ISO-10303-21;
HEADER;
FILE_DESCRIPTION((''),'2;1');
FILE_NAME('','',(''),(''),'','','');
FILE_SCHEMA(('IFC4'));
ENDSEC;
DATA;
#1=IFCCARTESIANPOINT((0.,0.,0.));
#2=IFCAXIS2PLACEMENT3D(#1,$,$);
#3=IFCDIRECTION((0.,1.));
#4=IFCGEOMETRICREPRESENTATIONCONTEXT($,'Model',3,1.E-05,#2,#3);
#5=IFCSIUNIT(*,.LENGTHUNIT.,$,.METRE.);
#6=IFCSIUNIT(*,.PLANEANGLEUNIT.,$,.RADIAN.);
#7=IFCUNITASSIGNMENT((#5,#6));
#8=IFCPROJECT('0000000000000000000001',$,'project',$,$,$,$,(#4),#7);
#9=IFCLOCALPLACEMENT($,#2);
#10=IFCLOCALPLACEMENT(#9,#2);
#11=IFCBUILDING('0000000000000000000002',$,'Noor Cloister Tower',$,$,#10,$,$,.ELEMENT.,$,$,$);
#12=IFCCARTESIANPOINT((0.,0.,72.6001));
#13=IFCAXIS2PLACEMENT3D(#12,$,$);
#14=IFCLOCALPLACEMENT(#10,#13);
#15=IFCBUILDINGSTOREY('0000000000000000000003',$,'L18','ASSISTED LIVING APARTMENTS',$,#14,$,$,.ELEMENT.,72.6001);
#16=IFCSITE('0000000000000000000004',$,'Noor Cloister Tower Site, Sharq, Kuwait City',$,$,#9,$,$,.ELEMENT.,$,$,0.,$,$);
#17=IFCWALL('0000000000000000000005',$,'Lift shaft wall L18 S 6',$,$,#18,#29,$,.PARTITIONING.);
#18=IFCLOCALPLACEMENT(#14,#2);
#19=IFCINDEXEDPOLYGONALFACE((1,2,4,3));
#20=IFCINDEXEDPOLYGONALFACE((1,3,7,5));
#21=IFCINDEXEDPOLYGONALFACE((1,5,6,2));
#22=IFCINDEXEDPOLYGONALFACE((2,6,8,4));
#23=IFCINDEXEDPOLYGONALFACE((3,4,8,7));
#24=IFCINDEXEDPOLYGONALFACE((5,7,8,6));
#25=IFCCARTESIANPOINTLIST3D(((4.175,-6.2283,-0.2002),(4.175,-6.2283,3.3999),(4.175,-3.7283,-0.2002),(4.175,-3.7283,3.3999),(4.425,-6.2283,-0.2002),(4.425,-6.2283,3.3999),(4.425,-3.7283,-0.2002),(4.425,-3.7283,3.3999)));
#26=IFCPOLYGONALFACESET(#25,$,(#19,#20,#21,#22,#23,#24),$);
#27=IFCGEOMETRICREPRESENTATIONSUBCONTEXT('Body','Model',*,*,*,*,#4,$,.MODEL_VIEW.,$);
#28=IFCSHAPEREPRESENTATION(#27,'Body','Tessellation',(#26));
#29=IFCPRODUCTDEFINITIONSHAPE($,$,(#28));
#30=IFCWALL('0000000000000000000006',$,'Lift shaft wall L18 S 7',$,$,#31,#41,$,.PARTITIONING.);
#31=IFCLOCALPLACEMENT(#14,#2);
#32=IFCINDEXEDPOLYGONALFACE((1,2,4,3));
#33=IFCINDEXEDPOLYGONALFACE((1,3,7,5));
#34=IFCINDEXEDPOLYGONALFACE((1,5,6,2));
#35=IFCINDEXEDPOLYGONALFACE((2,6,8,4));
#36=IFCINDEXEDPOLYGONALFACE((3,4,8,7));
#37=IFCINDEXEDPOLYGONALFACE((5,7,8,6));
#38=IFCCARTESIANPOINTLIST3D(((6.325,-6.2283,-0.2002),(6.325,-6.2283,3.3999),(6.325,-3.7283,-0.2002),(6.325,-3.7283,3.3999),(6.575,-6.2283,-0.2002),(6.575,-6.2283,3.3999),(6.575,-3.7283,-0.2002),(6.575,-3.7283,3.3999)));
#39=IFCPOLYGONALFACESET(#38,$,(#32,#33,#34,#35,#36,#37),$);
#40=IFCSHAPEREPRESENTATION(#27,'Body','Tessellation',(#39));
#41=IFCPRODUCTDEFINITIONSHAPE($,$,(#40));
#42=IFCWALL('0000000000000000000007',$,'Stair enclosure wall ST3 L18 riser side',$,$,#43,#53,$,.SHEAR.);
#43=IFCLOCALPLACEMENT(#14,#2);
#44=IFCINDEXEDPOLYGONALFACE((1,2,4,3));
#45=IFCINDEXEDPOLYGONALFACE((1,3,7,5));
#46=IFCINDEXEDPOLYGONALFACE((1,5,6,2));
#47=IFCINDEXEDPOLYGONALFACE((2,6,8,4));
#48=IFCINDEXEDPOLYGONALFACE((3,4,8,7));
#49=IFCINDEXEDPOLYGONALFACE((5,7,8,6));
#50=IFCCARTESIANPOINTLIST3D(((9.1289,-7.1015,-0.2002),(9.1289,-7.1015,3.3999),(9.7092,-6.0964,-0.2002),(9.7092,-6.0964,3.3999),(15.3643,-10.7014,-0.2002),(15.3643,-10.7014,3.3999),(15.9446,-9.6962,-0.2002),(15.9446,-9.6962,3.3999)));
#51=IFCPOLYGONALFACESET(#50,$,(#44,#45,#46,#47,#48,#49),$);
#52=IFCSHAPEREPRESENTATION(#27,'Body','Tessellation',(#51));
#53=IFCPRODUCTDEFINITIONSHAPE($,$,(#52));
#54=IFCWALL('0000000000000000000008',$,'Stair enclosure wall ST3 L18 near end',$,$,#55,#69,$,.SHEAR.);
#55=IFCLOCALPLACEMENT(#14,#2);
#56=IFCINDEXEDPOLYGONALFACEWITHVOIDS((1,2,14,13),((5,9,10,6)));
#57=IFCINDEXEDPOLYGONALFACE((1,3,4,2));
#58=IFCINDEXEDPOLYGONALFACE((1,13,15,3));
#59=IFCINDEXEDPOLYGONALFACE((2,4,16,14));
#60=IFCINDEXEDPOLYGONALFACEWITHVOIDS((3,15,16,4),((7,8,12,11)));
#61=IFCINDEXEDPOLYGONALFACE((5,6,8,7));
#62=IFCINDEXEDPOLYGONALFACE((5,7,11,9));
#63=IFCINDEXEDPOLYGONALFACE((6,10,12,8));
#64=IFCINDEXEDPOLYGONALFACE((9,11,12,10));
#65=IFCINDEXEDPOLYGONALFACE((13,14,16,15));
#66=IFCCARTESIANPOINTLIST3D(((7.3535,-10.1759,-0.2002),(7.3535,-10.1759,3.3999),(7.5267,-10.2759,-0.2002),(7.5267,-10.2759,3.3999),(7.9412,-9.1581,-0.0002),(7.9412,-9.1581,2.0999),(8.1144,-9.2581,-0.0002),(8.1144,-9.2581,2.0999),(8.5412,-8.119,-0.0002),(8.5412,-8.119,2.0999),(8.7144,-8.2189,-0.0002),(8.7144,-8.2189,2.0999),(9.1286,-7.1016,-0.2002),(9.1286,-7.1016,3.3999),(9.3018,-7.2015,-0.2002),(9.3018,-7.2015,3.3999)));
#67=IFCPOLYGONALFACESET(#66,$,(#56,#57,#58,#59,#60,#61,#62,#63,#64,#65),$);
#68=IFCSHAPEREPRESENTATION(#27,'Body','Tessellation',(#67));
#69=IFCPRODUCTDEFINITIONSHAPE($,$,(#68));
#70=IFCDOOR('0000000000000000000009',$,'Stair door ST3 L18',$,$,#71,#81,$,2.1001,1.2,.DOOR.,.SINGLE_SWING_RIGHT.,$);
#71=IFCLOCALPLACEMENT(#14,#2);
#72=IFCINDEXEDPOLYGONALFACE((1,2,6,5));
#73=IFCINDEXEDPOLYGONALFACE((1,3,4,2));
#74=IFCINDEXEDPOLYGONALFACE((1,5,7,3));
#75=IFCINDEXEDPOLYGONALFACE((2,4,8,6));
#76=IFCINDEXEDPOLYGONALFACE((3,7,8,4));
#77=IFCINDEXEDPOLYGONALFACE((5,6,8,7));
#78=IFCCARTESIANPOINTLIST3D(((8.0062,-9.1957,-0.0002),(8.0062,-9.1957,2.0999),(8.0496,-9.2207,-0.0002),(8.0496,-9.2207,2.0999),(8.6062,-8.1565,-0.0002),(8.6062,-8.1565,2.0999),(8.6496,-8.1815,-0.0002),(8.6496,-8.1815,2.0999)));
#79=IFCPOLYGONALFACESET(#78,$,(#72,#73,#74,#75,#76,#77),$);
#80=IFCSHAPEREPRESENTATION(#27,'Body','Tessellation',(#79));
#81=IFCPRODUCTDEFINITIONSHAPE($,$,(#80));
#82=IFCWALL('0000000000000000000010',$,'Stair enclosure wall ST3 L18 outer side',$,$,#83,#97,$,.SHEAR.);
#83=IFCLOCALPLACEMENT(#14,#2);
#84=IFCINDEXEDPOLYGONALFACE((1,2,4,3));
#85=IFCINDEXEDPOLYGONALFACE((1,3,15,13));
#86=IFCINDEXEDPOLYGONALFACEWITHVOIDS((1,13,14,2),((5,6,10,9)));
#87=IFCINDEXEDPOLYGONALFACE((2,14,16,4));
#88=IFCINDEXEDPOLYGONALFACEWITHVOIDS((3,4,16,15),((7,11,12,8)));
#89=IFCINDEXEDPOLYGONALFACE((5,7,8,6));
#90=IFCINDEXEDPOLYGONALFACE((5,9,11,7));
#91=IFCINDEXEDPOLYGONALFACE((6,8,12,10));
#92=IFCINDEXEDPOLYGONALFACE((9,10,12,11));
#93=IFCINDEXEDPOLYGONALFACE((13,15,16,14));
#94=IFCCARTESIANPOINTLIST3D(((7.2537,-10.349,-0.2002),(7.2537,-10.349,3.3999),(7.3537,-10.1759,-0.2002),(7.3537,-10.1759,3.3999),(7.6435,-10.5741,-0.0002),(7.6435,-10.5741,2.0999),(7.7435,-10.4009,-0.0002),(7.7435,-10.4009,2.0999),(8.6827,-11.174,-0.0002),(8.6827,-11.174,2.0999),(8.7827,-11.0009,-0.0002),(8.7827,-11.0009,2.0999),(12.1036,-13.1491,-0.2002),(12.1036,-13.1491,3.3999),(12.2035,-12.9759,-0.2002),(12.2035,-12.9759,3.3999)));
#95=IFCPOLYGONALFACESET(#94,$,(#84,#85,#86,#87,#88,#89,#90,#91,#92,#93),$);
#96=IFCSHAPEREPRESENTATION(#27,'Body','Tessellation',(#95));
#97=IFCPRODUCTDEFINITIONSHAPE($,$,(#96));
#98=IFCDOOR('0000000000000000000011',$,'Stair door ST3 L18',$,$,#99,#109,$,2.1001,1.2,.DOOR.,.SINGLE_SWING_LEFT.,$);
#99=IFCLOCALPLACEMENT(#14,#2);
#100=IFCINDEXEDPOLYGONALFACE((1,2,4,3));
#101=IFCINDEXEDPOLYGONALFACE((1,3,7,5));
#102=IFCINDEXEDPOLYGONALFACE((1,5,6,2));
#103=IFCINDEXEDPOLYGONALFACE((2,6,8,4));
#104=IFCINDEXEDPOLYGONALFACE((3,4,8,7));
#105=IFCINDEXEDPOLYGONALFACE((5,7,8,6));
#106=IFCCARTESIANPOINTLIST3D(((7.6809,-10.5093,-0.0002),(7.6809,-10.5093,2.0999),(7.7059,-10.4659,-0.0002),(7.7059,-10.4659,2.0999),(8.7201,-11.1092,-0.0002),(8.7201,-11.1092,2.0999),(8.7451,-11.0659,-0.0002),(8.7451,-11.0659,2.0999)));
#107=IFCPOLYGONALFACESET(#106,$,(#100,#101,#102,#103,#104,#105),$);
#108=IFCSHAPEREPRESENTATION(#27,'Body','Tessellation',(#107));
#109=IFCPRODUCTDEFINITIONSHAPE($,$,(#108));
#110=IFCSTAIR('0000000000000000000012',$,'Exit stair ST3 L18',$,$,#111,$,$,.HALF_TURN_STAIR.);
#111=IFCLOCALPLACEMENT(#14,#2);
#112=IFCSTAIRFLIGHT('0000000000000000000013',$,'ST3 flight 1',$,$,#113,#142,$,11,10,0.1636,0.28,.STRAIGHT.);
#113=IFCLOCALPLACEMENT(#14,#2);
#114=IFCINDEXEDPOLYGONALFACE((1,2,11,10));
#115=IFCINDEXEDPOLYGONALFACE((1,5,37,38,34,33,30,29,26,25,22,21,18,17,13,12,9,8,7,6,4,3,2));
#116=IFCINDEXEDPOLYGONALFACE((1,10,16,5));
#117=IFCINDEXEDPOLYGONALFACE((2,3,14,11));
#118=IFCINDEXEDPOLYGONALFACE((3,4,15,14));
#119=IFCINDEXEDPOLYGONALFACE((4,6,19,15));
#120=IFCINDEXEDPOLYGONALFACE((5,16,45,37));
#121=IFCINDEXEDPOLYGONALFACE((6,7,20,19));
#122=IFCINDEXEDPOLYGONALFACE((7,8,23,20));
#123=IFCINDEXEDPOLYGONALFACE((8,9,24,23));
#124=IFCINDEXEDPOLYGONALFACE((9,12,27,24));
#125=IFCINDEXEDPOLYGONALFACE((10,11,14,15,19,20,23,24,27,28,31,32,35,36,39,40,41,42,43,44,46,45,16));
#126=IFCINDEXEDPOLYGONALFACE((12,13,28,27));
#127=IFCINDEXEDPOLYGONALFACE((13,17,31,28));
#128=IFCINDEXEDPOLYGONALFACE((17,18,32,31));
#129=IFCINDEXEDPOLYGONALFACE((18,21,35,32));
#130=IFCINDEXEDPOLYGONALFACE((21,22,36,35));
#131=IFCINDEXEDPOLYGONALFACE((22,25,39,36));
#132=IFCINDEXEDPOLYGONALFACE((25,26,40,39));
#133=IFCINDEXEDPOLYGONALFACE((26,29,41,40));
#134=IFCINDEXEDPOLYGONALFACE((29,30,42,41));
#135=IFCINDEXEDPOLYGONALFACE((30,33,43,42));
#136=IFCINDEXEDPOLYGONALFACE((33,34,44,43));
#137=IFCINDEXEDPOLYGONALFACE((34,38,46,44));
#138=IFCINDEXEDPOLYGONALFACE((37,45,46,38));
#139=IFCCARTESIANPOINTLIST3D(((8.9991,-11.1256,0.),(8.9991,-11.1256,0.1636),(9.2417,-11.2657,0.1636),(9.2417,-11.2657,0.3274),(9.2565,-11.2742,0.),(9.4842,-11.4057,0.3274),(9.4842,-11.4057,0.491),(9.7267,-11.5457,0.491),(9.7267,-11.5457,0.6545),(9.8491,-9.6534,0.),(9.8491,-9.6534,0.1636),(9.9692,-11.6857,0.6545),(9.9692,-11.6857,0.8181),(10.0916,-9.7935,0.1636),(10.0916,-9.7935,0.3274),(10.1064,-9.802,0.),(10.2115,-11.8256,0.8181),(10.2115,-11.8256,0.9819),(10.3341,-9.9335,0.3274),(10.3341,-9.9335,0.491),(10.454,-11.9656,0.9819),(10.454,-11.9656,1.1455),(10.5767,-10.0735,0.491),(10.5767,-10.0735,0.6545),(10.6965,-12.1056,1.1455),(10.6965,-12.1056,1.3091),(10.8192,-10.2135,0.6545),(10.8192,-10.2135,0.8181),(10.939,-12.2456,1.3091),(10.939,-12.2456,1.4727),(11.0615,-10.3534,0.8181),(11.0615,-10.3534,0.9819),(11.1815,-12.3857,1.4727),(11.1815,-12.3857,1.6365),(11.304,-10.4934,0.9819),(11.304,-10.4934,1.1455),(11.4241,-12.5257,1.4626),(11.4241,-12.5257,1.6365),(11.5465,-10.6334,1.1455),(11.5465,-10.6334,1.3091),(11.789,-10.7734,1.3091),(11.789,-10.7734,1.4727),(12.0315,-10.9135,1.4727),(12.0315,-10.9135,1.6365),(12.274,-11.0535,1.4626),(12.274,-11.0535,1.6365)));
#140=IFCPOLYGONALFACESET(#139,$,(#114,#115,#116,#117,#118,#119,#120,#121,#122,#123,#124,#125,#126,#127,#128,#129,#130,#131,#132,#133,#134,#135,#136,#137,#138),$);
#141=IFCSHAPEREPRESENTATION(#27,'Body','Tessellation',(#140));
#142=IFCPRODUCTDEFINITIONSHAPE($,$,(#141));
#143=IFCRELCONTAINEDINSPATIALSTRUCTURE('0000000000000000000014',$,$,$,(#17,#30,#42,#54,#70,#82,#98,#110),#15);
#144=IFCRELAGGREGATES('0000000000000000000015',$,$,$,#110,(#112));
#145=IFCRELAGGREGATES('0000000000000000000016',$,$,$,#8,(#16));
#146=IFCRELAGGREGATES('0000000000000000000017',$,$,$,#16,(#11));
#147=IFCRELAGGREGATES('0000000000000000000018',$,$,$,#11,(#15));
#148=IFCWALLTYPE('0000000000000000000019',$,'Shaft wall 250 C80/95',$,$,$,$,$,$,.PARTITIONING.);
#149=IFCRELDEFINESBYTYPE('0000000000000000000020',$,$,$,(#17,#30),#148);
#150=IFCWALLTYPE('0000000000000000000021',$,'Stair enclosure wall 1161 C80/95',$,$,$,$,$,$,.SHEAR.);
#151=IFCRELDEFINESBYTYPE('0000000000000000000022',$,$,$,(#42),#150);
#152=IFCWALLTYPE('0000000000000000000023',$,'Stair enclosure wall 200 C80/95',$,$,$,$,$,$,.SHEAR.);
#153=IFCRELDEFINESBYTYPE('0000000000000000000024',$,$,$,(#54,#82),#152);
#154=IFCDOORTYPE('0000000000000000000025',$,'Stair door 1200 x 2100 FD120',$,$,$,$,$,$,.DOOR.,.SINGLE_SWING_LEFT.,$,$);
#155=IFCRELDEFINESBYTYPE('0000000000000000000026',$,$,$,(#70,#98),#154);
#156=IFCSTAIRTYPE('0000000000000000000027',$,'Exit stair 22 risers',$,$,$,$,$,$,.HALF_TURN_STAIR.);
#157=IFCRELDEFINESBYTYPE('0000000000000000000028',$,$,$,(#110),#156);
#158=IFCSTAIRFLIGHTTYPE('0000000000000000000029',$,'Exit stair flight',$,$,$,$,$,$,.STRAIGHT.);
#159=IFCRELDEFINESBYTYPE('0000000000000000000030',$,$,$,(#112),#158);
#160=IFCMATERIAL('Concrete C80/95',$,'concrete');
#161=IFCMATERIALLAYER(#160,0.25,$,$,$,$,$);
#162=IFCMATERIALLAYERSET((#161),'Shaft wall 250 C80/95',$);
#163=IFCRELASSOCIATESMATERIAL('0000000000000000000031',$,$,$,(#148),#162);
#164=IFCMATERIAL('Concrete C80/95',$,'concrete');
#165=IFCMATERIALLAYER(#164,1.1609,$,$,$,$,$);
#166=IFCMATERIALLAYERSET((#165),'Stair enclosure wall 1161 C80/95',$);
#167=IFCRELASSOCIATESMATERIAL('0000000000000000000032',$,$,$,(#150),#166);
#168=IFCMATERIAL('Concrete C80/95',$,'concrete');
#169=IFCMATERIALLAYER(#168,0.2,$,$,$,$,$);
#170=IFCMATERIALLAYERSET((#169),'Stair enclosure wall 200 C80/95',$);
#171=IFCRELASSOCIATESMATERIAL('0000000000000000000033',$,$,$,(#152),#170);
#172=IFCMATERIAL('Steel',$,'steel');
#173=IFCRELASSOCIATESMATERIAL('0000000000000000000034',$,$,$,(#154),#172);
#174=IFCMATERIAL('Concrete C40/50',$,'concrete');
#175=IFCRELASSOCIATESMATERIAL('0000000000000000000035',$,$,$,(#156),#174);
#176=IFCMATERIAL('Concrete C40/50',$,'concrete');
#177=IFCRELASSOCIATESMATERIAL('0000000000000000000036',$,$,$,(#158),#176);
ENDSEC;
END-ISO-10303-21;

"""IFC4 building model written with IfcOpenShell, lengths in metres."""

from ifc_helpers import new_model, si_unit, direction, frame, frame_2d, origin, place, context, subcontext, project, spatial, polyline, rectangle, outline, extrude, material, layer, layer_set, type_object, element, fill, aggregate, save


model = new_model("IFC4")

# Units and contexts
model_context = context("Model", 3, precision=1e-05, world=origin(), true_north=direction((0.0, 1.0)))
body_context = subcontext(model_context, "Body", "Model", "MODEL_VIEW")
ifc_project = project(units=[si_unit("LENGTHUNIT", "METRE"), si_unit("PLANEANGLEUNIT", "RADIAN")], contexts=[model_context])

# Site, building, storey
site_placement = place(None, origin())
site = spatial("IfcSite", under=ifc_project, at=site_placement, Name="Noor Cloister Tower Site, Sharq, Kuwait City", CompositionType="ELEMENT", RefElevation=0.0)
building_placement = place(site_placement, origin())
building = spatial("IfcBuilding", under=site, at=building_placement, Name="Noor Cloister Tower", CompositionType="ELEMENT")
storey_placement = place(building_placement, frame((0.0, 0.0, 72.6001)))
storey = spatial("IfcBuildingStorey", under=building, at=storey_placement, Name="L18", Description="ASSISTED LIVING APARTMENTS", CompositionType="ELEMENT", Elevation=72.6001)

# Walls
ifc_material_1 = material(Name="Concrete C80/95", Category="concrete")
ifc_layer_1 = layer(ifc_material_1, 0.25)
ifc_layer_set_1 = layer_set([ifc_layer_1], Name="Shaft wall 250 C80/95")
wall_type_1 = type_object("IfcWallType", Name="Shaft wall 250 C80/95", PredefinedType="PARTITIONING", material=ifc_layer_set_1)
for number, where, z_axis, x_axis, name in (
    (1, (4.3, -6.2283, -0.2002), (0.0, 0.0, 1.0), (0.0, 1.0, 0.0), "Lift shaft wall L18 S 6"),
    (2, (6.45, -6.2283, -0.2002), (0.0, 0.0, 1.0), (0.0, 1.0, 0.0), "Lift shaft wall L18 S 7"),
):
    element("IfcWall", number, at=place(storey_placement, frame(where, z_axis=z_axis, x_axis=x_axis)), inside=storey, type_object=wall_type_1, Name=name, PredefinedType="PARTITIONING", context=body_context, shape_type="SweptSolid", body=[
        extrude(rectangle(XDim=2.5, YDim=0.25, at=frame_2d((1.25, 0.0))), origin(), (0.0, 0.0, 1.0), 3.6001),
    ])
ifc_material_2 = material(Name="Concrete C80/95", Category="concrete")
ifc_layer_2 = layer(ifc_material_2, 1.1609)
ifc_layer_set_2 = layer_set([ifc_layer_2], Name="Stair enclosure wall 1161 C80/95")
wall_type_2 = type_object("IfcWallType", Name="Stair enclosure wall 1161 C80/95", PredefinedType="SHEAR", material=ifc_layer_set_2)
wall_1_placement = place(storey_placement, frame((9.4189, -6.5989, -0.2002), z_axis=(0.0, 0.0, 1.0), x_axis=(0.866033, -0.499987, 0.0)))
element("IfcWall", 3, at=wall_1_placement, inside=storey, type_object=wall_type_2, Name="Stair enclosure wall ST3 L18 riser side", PredefinedType="SHEAR", context=body_context, shape_type="SweptSolid", body=[
    extrude(rectangle(XDim=7.2, YDim=1.1606, at=frame_2d((3.6001, 0.0))), origin(), (0.0, 0.0, 1.0), 3.6001),
])

# Walls, openings, doors
ifc_material_3 = material(Name="Concrete C80/95", Category="concrete")
ifc_layer_3 = layer(ifc_material_3, 0.2)
ifc_layer_set_3 = layer_set([ifc_layer_3], Name="Stair enclosure wall 200 C80/95")
wall_type_3 = type_object("IfcWallType", Name="Stair enclosure wall 200 C80/95", PredefinedType="SHEAR", material=ifc_layer_set_3)
wall_2_placement = place(storey_placement, frame((7.4402, -10.2258, -0.2002), z_axis=(0.0, 0.0, 1.0), x_axis=(0.500022, 0.866013, 0.0)))
wall_2 = element("IfcWall", 4, at=wall_2_placement, inside=storey, type_object=wall_type_3, Name="Stair enclosure wall ST3 L18 near end", PredefinedType="SHEAR", context=body_context, shape_type="SweptSolid", body=[
    extrude(rectangle(XDim=3.55, YDim=0.2, at=frame_2d((1.7749, 0.0))), origin(), (0.0, 0.0, 1.0), 3.6001),
])
opening_1_placement = place(wall_2_placement, frame((1.175, 0.0, 0.2)))
opening_1 = element("IfcOpeningElement", 5, at=opening_1_placement, cuts=wall_2, PredefinedType="OPENING", context=body_context, shape_type="SweptSolid", body=[
    extrude(rectangle(XDim=1.2, YDim=2.1001, at=frame_2d((0.6001, 1.05))), frame((0.0, 0.1099, 0.0), z_axis=(0.0, -1.0, 0.0), x_axis=(1.0, 0.0, 0.0)), (0.0, 0.0, 1.0), 0.22),
])
ifc_material_4 = material(Name="Steel", Category="steel")
door_type_1 = type_object("IfcDoorType", Name="Stair door 1200 x 2100 FD120", OperationType="SINGLE_SWING_LEFT", PredefinedType="DOOR", material=ifc_material_4)
door_1_placement = place(opening_1_placement, origin())
door_1 = element("IfcDoor", 6, at=door_1_placement, inside=storey, type_object=door_type_1, Name="Stair door ST3 L18", OperationType="SINGLE_SWING_RIGHT", OverallHeight=2.1001, OverallWidth=1.2, PredefinedType="DOOR", context=body_context, shape_type="SweptSolid", body=[
    extrude(rectangle(XDim=1.2, YDim=2.1001, at=frame_2d((0.6001, 1.05))), frame((0.0, 0.0249, 0.0), z_axis=(0.0, -1.0, 0.0), x_axis=(1.0, 0.0, 0.0)), (0.0, 0.0, 1.0), 0.05),
])
fill(opening_1, door_1)
wall_3_placement = place(storey_placement, frame((7.3037, -10.2625, -0.2002), z_axis=(0.0, 0.0, 1.0), x_axis=(0.866027, -0.499998, 0.0)))
wall_3 = element("IfcWall", 7, at=wall_3_placement, inside=storey, type_object=wall_type_3, Name="Stair enclosure wall ST3 L18 outer side", PredefinedType="SHEAR", context=body_context, shape_type="SweptSolid", body=[
    extrude(rectangle(XDim=5.6001, YDim=0.2, at=frame_2d((2.8, 0.0))), origin(), (0.0, 0.0, 1.0), 3.6001),
])
opening_2_placement = place(wall_3_placement, frame((0.45, 0.0, 0.2)))
opening_2 = element("IfcOpeningElement", 8, at=opening_2_placement, cuts=wall_3, PredefinedType="OPENING", context=body_context, shape_type="SweptSolid", body=[
    extrude(rectangle(XDim=1.2, YDim=2.1001, at=frame_2d((0.6001, 1.05))), frame((0.0, 0.1099, 0.0), z_axis=(0.0, -1.0, 0.0), x_axis=(1.0, 0.0, 0.0)), (0.0, 0.0, 1.0), 0.22),
])
door_2_placement = place(opening_2_placement, origin())
door_2 = element("IfcDoor", 9, at=door_2_placement, inside=storey, type_object=door_type_1, Name="Stair door ST3 L18", OperationType="SINGLE_SWING_LEFT", OverallHeight=2.1001, OverallWidth=1.2, PredefinedType="DOOR", context=body_context, shape_type="SweptSolid", body=[
    extrude(rectangle(XDim=1.2, YDim=2.1001, at=frame_2d((0.6001, 1.05))), frame((0.0, 0.0249, 0.0), z_axis=(0.0, -1.0, 0.0), x_axis=(1.0, 0.0, 0.0)), (0.0, 0.0, 1.0), 0.05),
])
fill(opening_2, door_2)

# Stair, stair flight
ifc_material_5 = material(Name="Concrete C40/50", Category="concrete")
stair_type = type_object("IfcStairType", Name="Exit stair 22 risers", PredefinedType="HALF_TURN_STAIR", material=ifc_material_5)
stair_placement = place(storey_placement, origin())
stair = element("IfcStair", 10, at=stair_placement, inside=storey, type_object=stair_type, Name="Exit stair ST3 L18", PredefinedType="HALF_TURN_STAIR")
ifc_material_6 = material(Name="Concrete C40/50", Category="concrete")
stair_flight_type = type_object("IfcStairFlightType", Name="Exit stair flight", PredefinedType="STRAIGHT", material=ifc_material_6)
stair_flight_placement = place(storey_placement, frame((9.4241, -10.3896, 0.0), z_axis=(0.0, 0.0, 1.0), x_axis=(0.866025, -0.5, 0.0)))
stair_flight = element("IfcStairFlight", 11, at=stair_flight_placement, type_object=stair_flight_type, Name="ST3 flight 1", NumberOfRisers=11, NumberOfTreads=10, PredefinedType="STRAIGHT", RiserHeight=0.1636, TreadLength=0.28, context=body_context, shape_type="SweptSolid", body=[
    extrude(outline(polyline([(0.0, 0.0), (0.0, 0.1636), (0.28, 0.1636), (0.28, 0.3274), (0.5601, 0.3274), (0.5601, 0.491), (0.8401, 0.491), (0.8401, 0.6545), (1.1201, 0.6545), (1.1201, 0.8181), (1.3999, 0.8181), (1.3999, 0.9819), (1.6799, 0.9819), (1.6799, 1.1455), (1.96, 1.1455), (1.96, 1.3091), (2.24, 1.3091), (2.24, 1.4727), (2.52, 1.4727), (2.52, 1.6365), (2.8, 1.6365), (2.8, 1.8), (2.8, 1.4626), (0.2971, 0.0), (0.0, 0.0)])), frame((0.0, 0.8501, 0.0), z_axis=(0.0, -1.0, 0.0), x_axis=(1.0, 0.0, 0.0)), (0.0, 0.0, 1.0), 1.7),
])
aggregate(stair, [stair_flight])

save(model, "model.ifc")
